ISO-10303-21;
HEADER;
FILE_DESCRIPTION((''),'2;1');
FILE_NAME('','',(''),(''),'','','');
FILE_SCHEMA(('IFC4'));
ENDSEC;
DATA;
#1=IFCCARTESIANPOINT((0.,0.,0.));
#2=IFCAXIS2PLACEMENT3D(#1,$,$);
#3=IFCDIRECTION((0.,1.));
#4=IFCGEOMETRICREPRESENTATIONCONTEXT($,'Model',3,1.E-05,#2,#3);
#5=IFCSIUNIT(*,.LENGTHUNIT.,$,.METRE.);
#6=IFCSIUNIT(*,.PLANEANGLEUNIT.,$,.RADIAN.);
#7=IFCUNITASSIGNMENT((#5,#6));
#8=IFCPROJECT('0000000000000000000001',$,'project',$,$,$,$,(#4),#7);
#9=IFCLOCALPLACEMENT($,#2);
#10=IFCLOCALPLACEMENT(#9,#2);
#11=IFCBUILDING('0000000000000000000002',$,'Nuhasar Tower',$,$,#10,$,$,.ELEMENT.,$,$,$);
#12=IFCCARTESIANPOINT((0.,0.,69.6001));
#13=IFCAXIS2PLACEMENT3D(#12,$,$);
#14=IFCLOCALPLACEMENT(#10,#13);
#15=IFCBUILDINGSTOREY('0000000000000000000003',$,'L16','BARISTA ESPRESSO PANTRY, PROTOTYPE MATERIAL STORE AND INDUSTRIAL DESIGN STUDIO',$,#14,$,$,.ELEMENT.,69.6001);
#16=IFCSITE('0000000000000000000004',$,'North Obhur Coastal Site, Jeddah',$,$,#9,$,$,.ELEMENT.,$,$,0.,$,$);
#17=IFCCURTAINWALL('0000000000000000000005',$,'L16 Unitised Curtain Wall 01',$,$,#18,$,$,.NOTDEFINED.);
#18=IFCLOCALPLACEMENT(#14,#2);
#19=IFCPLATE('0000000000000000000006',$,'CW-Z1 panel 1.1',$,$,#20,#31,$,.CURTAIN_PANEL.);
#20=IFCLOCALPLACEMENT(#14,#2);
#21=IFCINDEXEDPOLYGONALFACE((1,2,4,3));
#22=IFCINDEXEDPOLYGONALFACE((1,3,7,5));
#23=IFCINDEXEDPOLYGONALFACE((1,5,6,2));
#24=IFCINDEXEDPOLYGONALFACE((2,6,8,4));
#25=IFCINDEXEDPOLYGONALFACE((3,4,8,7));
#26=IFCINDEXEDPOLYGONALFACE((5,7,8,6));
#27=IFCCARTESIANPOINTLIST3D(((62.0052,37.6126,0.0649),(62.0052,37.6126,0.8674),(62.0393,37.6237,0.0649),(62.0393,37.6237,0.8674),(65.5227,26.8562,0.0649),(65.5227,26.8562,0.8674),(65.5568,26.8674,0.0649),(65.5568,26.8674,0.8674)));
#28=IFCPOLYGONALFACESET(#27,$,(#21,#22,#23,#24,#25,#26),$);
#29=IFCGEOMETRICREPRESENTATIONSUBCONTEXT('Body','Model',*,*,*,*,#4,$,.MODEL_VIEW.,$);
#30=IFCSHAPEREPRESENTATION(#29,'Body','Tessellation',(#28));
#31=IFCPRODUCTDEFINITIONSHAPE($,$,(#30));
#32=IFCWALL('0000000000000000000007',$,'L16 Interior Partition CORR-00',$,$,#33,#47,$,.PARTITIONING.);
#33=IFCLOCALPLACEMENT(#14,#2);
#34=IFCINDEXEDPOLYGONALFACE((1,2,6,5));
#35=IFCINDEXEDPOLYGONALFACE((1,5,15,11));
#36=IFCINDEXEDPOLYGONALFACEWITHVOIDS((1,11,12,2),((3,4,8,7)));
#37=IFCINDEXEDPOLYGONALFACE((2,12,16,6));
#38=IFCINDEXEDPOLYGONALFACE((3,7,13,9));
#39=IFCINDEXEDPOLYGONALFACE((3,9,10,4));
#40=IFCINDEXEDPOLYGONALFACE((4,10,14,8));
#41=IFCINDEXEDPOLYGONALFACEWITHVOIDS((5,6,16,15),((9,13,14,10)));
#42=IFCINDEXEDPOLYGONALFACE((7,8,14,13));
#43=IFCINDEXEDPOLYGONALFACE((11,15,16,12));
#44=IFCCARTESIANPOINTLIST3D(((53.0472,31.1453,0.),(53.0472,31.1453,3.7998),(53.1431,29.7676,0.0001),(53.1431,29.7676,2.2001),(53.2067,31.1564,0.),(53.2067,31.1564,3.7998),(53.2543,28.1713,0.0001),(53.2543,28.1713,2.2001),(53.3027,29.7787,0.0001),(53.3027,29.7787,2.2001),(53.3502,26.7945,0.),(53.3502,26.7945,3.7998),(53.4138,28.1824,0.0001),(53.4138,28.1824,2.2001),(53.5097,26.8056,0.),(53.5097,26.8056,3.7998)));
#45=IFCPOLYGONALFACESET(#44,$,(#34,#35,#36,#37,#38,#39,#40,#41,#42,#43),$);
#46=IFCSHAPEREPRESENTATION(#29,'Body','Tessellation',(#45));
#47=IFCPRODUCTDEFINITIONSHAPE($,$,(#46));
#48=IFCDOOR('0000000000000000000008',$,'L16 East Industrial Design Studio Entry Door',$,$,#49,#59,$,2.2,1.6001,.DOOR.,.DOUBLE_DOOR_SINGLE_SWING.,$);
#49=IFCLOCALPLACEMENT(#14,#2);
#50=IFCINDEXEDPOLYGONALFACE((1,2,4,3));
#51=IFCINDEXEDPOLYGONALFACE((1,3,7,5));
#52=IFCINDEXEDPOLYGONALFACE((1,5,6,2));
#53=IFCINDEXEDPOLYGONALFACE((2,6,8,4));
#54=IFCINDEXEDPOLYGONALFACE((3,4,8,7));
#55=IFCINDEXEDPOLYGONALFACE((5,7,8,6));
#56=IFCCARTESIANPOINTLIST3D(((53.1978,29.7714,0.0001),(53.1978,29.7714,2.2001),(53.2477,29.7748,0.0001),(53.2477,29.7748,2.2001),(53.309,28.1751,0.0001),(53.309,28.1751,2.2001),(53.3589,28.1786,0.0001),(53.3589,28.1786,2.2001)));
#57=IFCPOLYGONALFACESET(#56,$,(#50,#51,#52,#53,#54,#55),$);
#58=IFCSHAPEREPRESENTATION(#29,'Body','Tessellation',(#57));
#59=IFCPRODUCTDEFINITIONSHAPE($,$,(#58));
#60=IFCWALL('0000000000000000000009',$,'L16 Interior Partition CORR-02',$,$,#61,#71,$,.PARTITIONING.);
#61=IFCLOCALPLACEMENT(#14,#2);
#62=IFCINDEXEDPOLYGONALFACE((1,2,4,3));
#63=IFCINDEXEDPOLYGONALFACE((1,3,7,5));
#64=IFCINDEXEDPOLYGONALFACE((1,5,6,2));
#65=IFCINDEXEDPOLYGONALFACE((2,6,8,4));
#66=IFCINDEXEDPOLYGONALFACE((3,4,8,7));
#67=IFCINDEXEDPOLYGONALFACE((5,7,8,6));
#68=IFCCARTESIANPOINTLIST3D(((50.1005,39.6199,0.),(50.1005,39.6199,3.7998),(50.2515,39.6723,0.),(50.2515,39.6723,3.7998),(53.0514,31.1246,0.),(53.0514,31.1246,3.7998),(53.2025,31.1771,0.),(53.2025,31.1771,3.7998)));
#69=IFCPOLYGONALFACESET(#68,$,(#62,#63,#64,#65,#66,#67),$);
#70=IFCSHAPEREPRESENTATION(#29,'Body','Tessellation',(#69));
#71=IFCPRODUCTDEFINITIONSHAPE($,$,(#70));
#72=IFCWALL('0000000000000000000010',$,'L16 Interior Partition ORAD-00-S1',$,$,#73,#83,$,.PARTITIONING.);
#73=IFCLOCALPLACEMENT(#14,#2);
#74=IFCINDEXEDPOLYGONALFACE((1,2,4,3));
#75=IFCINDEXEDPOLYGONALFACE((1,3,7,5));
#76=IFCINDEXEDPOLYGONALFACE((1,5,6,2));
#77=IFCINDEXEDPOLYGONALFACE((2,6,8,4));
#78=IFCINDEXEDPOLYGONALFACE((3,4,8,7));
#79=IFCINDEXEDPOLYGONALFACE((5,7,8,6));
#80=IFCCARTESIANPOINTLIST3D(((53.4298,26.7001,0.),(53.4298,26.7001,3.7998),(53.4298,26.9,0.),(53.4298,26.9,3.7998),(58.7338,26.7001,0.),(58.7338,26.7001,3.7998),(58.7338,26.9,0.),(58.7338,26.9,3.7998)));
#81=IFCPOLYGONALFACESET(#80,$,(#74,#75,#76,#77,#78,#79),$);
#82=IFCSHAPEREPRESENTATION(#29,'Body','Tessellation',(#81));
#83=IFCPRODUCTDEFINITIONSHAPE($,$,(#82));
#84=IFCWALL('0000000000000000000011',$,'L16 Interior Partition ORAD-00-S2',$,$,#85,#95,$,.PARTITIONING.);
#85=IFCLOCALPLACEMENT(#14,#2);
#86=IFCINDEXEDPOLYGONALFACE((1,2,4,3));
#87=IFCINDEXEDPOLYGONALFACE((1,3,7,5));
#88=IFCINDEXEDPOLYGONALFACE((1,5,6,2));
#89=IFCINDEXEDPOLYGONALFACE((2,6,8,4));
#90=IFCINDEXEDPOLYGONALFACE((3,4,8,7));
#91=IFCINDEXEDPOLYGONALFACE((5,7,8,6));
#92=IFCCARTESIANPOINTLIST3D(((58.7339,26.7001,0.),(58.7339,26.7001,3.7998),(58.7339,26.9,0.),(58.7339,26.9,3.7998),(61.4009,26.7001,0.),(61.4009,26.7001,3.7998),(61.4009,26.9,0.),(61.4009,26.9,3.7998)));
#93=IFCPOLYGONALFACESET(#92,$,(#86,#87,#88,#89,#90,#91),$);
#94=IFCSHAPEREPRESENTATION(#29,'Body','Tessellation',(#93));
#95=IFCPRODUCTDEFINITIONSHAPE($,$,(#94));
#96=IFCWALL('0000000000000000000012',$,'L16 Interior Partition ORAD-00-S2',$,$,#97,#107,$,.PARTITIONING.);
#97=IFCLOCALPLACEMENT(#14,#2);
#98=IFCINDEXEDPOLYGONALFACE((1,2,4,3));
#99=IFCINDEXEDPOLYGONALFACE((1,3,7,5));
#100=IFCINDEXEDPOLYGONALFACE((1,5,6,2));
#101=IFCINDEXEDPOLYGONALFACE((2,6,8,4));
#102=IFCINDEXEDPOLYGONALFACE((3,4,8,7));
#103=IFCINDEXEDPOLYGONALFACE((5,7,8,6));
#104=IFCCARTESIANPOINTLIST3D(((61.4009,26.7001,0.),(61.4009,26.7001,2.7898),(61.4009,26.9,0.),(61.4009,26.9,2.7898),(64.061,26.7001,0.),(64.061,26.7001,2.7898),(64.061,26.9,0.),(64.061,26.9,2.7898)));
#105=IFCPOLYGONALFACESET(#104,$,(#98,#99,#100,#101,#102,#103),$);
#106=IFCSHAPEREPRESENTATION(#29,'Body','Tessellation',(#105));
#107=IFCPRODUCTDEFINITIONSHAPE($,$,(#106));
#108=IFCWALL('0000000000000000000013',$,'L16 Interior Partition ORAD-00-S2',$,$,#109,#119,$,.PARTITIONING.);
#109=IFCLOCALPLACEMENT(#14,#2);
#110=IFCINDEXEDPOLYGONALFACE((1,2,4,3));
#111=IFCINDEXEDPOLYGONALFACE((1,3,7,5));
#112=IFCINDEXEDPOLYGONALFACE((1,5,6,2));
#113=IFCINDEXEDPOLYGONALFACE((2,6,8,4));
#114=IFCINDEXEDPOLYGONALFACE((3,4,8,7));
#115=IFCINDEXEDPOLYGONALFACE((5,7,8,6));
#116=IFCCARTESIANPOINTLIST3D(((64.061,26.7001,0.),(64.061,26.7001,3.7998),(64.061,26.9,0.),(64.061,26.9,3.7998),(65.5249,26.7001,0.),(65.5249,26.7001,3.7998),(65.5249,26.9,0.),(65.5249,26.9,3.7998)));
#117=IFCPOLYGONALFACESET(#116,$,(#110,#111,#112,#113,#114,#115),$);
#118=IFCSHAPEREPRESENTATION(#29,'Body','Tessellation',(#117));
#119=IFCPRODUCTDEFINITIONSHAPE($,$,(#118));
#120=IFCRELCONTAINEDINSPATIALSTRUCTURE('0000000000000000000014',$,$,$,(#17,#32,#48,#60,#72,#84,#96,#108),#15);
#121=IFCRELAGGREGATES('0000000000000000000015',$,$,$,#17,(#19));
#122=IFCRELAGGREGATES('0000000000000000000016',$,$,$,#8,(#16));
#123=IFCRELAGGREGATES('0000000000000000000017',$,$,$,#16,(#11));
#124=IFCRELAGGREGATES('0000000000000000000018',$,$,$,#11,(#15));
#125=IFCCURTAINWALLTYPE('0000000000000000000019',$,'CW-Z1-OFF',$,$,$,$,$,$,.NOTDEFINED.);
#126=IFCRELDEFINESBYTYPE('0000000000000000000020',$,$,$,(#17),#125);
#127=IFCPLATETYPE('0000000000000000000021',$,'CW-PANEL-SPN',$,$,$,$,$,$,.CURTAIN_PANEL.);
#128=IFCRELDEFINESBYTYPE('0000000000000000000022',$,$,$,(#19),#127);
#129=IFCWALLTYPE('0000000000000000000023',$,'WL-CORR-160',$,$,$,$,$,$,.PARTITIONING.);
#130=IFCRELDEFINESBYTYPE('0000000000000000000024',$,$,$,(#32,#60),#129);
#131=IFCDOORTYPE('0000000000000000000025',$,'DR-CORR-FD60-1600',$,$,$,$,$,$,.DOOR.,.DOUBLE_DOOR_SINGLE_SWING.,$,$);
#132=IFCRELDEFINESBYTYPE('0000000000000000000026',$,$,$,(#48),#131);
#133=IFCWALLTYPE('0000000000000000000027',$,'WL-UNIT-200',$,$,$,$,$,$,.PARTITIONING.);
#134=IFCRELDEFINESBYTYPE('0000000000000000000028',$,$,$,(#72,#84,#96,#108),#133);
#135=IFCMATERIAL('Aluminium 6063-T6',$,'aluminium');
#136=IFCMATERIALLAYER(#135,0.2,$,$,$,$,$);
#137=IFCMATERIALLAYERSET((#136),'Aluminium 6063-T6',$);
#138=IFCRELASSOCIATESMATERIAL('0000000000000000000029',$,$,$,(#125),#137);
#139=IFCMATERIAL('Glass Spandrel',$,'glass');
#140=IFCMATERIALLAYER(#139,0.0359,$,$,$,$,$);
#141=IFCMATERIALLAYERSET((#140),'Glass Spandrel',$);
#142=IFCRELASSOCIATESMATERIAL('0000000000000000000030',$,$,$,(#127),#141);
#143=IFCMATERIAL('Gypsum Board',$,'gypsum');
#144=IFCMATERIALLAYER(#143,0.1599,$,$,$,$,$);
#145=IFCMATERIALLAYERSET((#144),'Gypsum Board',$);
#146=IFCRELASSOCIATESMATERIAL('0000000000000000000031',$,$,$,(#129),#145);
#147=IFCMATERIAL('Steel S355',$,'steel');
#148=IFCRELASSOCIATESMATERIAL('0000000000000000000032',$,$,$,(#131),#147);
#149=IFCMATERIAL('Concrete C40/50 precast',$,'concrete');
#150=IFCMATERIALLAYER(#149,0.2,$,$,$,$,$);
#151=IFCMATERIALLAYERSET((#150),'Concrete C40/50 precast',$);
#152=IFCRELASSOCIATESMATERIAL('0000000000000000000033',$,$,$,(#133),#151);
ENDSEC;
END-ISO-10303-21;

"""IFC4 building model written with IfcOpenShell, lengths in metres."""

from ifc_helpers import new_model, si_unit, direction, frame, frame_2d, origin, origin_2d, place, context, subcontext, project, spatial, rectangle, extrude, material, layer, layer_set, type_object, element, fill, aggregate, save


model = new_model("IFC4")

# Units and contexts
model_context = context("Model", 3, precision=1e-05, world=origin(), true_north=direction((0.0, 1.0)))
body_context = subcontext(model_context, "Body", "Model", "MODEL_VIEW")
ifc_project = project(units=[si_unit("LENGTHUNIT", "METRE"), si_unit("PLANEANGLEUNIT", "RADIAN")], contexts=[model_context])

# Site, building, storey
site_placement = place(None, origin())
site = spatial("IfcSite", under=ifc_project, at=site_placement, Name="North Obhur Coastal Site, Jeddah", CompositionType="ELEMENT", RefElevation=0.0)
building_placement = place(site_placement, origin())
building = spatial("IfcBuilding", under=site, at=building_placement, Name="Nuhasar Tower", CompositionType="ELEMENT")
storey_placement = place(building_placement, frame((0.0, 0.0, 69.6001)))
storey = spatial("IfcBuildingStorey", under=building, at=storey_placement, Name="L16", Description="BARISTA ESPRESSO PANTRY, PROTOTYPE MATERIAL STORE AND INDUSTRIAL DESIGN STUDIO", CompositionType="ELEMENT", Elevation=69.6001)

# Shared definitions
ifc_material_1 = material(Name="Steel S355", Category="steel")

# Curtain wall
ifc_material_2 = material(Name="Aluminium 6063-T6", Category="aluminium")
ifc_layer_1 = layer(ifc_material_2, 0.2)
ifc_layer_set_1 = layer_set([ifc_layer_1], Name="Aluminium 6063-T6")
curtain_wall_type = type_object("IfcCurtainWallType", Name="CW-Z1-OFF", PredefinedType="NOTDEFINED", material=ifc_layer_set_1)
curtain_wall_1_placement = place(storey_placement, origin())
curtain_wall_1 = element("IfcCurtainWall", 1, at=curtain_wall_1_placement, inside=storey, type_object=curtain_wall_type, Name="L16 Unitised Curtain Wall 01", PredefinedType="NOTDEFINED")

# Plate
ifc_material_3 = material(Name="Glass Spandrel", Category="glass")
ifc_layer_2 = layer(ifc_material_3, 0.0359)
ifc_layer_set_2 = layer_set([ifc_layer_2], Name="Glass Spandrel")
plate_type_1 = type_object("IfcPlateType", Name="CW-PANEL-SPN", PredefinedType="CURTAIN_PANEL", material=ifc_layer_set_2)
plate_1_placement = place(storey_placement, frame((63.781, 32.24, 0.0649), z_axis=(0.0, 0.0, 1.0), x_axis=(-0.310824, 0.950468, 0.0)))
plate_1 = element("IfcPlate", 2, at=plate_1_placement, type_object=plate_type_1, Name="CW-Z1 panel 1.1", PredefinedType="CURTAIN_PANEL", context=body_context, shape_type="SweptSolid", body=[
    extrude(rectangle(XDim=11.3169, YDim=0.0359, at=origin_2d()), origin(), (0.0, 0.0, 1.0), 0.8025),
])
aggregate(curtain_wall_1, [plate_1])

# Wall, opening, door
ifc_material_4 = material(Name="Gypsum Board", Category="gypsum")
ifc_layer_3 = layer(ifc_material_4, 0.1599)
ifc_layer_set_3 = layer_set([ifc_layer_3], Name="Gypsum Board")
wall_type_1 = type_object("IfcWallType", Name="WL-CORR-160", PredefinedType="PARTITIONING", material=ifc_layer_set_3)
wall_1_placement = place(storey_placement, frame((53.127, 31.1509, 0.0), z_axis=(0.0, 0.0, 1.0), x_axis=(0.069469, -0.997584, 0.0)))
wall_1 = element("IfcWall", 3, at=wall_1_placement, inside=storey, type_object=wall_type_1, Name="L16 Interior Partition CORR-00", PredefinedType="PARTITIONING", context=body_context, shape_type="SweptSolid", body=[
    extrude(rectangle(XDim=4.3613, YDim=0.1599, at=frame_2d((2.1807, 0.0))), origin(), (0.0, 0.0, 1.0), 3.7998),
])
opening_placement = place(wall_1_placement, frame((1.3811, 0.0, 0.0)))
opening = element("IfcOpeningElement", 4, at=opening_placement, cuts=wall_1, PredefinedType="OPENING", context=body_context, shape_type="SweptSolid", body=[
    extrude(rectangle(XDim=1.6001, YDim=2.2, at=frame_2d((0.8, 1.1001))), frame((0.0, 0.0898, 0.0), z_axis=(0.0, -1.0, 0.0), x_axis=(1.0, 0.0, 0.0)), (0.0, 0.0, 1.0), 0.1799),
])
door_type = type_object("IfcDoorType", Name="DR-CORR-FD60-1600", OperationType="DOUBLE_DOOR_SINGLE_SWING", PredefinedType="DOOR", material=ifc_material_1)
door_placement = place(opening_placement, origin())
door = element("IfcDoor", 5, at=door_placement, inside=storey, type_object=door_type, Name="L16 East Industrial Design Studio Entry Door", OperationType="DOUBLE_DOOR_SINGLE_SWING", OverallHeight=2.2, OverallWidth=1.6001, PredefinedType="DOOR", context=body_context, shape_type="SweptSolid", body=[
    extrude(rectangle(XDim=1.6001, YDim=2.2, at=frame_2d((0.8, 1.1001))), frame((0.0, 0.0249, 0.0), z_axis=(0.0, -1.0, 0.0), x_axis=(1.0, 0.0, 0.0)), (0.0, 0.0, 1.0), 0.05),
])
fill(opening, door)

# Walls
wall_2_placement = place(storey_placement, frame((53.127, 31.1509, 0.0), z_axis=(0.0, 0.0, 1.0), x_axis=(-0.328134, 0.944631, 0.0)))
element("IfcWall", 6, at=wall_2_placement, inside=storey, type_object=wall_type_1, Name="L16 Interior Partition CORR-02", PredefinedType="PARTITIONING", context=body_context, shape_type="SweptSolid", body=[
    extrude(rectangle(XDim=8.9932, YDim=0.1599, at=frame_2d((4.4966, 0.0))), origin(), (0.0, 0.0, 1.0), 3.7998),
])
ifc_material_5 = material(Name="Concrete C40/50 precast", Category="concrete")
ifc_layer_4 = layer(ifc_material_5, 0.2)
ifc_layer_set_4 = layer_set([ifc_layer_4], Name="Concrete C40/50 precast")
wall_type_2 = type_object("IfcWallType", Name="WL-UNIT-200", PredefinedType="PARTITIONING", material=ifc_layer_set_4)
wall_3_placement = place(storey_placement, frame((53.4299, 26.8, 0.0), z_axis=(0.0, 0.0, 1.0), x_axis=(1.0, 0.0, 0.0)))
element("IfcWall", 7, at=wall_3_placement, inside=storey, type_object=wall_type_2, Name="L16 Interior Partition ORAD-00-S1", PredefinedType="PARTITIONING", context=body_context, shape_type="SweptSolid", body=[
    extrude(rectangle(XDim=5.304, YDim=0.2, at=frame_2d((2.6519, 0.0))), origin(), (0.0, 0.0, 1.0), 3.7998),
])
wall_4_placement = place(storey_placement, frame((58.7339, 26.8, 0.0), z_axis=(0.0, 0.0, 1.0), x_axis=(1.0, 0.0, 0.0)))
element("IfcWall", 8, at=wall_4_placement, inside=storey, type_object=wall_type_2, Name="L16 Interior Partition ORAD-00-S2", PredefinedType="PARTITIONING", context=body_context, shape_type="SweptSolid", body=[
    extrude(rectangle(XDim=2.667, YDim=0.2, at=frame_2d((1.3335, 0.0))), origin(), (0.0, 0.0, 1.0), 3.7998),
])
wall_5_placement = place(storey_placement, frame((61.4009, 26.8, 0.0), z_axis=(0.0, 0.0, 1.0), x_axis=(1.0, 0.0, 0.0)))
element("IfcWall", 9, at=wall_5_placement, inside=storey, type_object=wall_type_2, Name="L16 Interior Partition ORAD-00-S2", PredefinedType="PARTITIONING", context=body_context, shape_type="SweptSolid", body=[
    extrude(rectangle(XDim=2.6602, YDim=0.2, at=frame_2d((1.3301, 0.0))), origin(), (0.0, 0.0, 1.0), 2.7898),
])
wall_6_placement = place(storey_placement, frame((64.061, 26.8, 0.0), z_axis=(0.0, 0.0, 1.0), x_axis=(1.0, 0.0, 0.0)))
element("IfcWall", 10, at=wall_6_placement, inside=storey, type_object=wall_type_2, Name="L16 Interior Partition ORAD-00-S2", PredefinedType="PARTITIONING", context=body_context, shape_type="SweptSolid", body=[
    extrude(rectangle(XDim=1.4639, YDim=0.2, at=frame_2d((0.7319, 0.0))), origin(), (0.0, 0.0, 1.0), 3.7998),
])

save(model, "model.ifc")
